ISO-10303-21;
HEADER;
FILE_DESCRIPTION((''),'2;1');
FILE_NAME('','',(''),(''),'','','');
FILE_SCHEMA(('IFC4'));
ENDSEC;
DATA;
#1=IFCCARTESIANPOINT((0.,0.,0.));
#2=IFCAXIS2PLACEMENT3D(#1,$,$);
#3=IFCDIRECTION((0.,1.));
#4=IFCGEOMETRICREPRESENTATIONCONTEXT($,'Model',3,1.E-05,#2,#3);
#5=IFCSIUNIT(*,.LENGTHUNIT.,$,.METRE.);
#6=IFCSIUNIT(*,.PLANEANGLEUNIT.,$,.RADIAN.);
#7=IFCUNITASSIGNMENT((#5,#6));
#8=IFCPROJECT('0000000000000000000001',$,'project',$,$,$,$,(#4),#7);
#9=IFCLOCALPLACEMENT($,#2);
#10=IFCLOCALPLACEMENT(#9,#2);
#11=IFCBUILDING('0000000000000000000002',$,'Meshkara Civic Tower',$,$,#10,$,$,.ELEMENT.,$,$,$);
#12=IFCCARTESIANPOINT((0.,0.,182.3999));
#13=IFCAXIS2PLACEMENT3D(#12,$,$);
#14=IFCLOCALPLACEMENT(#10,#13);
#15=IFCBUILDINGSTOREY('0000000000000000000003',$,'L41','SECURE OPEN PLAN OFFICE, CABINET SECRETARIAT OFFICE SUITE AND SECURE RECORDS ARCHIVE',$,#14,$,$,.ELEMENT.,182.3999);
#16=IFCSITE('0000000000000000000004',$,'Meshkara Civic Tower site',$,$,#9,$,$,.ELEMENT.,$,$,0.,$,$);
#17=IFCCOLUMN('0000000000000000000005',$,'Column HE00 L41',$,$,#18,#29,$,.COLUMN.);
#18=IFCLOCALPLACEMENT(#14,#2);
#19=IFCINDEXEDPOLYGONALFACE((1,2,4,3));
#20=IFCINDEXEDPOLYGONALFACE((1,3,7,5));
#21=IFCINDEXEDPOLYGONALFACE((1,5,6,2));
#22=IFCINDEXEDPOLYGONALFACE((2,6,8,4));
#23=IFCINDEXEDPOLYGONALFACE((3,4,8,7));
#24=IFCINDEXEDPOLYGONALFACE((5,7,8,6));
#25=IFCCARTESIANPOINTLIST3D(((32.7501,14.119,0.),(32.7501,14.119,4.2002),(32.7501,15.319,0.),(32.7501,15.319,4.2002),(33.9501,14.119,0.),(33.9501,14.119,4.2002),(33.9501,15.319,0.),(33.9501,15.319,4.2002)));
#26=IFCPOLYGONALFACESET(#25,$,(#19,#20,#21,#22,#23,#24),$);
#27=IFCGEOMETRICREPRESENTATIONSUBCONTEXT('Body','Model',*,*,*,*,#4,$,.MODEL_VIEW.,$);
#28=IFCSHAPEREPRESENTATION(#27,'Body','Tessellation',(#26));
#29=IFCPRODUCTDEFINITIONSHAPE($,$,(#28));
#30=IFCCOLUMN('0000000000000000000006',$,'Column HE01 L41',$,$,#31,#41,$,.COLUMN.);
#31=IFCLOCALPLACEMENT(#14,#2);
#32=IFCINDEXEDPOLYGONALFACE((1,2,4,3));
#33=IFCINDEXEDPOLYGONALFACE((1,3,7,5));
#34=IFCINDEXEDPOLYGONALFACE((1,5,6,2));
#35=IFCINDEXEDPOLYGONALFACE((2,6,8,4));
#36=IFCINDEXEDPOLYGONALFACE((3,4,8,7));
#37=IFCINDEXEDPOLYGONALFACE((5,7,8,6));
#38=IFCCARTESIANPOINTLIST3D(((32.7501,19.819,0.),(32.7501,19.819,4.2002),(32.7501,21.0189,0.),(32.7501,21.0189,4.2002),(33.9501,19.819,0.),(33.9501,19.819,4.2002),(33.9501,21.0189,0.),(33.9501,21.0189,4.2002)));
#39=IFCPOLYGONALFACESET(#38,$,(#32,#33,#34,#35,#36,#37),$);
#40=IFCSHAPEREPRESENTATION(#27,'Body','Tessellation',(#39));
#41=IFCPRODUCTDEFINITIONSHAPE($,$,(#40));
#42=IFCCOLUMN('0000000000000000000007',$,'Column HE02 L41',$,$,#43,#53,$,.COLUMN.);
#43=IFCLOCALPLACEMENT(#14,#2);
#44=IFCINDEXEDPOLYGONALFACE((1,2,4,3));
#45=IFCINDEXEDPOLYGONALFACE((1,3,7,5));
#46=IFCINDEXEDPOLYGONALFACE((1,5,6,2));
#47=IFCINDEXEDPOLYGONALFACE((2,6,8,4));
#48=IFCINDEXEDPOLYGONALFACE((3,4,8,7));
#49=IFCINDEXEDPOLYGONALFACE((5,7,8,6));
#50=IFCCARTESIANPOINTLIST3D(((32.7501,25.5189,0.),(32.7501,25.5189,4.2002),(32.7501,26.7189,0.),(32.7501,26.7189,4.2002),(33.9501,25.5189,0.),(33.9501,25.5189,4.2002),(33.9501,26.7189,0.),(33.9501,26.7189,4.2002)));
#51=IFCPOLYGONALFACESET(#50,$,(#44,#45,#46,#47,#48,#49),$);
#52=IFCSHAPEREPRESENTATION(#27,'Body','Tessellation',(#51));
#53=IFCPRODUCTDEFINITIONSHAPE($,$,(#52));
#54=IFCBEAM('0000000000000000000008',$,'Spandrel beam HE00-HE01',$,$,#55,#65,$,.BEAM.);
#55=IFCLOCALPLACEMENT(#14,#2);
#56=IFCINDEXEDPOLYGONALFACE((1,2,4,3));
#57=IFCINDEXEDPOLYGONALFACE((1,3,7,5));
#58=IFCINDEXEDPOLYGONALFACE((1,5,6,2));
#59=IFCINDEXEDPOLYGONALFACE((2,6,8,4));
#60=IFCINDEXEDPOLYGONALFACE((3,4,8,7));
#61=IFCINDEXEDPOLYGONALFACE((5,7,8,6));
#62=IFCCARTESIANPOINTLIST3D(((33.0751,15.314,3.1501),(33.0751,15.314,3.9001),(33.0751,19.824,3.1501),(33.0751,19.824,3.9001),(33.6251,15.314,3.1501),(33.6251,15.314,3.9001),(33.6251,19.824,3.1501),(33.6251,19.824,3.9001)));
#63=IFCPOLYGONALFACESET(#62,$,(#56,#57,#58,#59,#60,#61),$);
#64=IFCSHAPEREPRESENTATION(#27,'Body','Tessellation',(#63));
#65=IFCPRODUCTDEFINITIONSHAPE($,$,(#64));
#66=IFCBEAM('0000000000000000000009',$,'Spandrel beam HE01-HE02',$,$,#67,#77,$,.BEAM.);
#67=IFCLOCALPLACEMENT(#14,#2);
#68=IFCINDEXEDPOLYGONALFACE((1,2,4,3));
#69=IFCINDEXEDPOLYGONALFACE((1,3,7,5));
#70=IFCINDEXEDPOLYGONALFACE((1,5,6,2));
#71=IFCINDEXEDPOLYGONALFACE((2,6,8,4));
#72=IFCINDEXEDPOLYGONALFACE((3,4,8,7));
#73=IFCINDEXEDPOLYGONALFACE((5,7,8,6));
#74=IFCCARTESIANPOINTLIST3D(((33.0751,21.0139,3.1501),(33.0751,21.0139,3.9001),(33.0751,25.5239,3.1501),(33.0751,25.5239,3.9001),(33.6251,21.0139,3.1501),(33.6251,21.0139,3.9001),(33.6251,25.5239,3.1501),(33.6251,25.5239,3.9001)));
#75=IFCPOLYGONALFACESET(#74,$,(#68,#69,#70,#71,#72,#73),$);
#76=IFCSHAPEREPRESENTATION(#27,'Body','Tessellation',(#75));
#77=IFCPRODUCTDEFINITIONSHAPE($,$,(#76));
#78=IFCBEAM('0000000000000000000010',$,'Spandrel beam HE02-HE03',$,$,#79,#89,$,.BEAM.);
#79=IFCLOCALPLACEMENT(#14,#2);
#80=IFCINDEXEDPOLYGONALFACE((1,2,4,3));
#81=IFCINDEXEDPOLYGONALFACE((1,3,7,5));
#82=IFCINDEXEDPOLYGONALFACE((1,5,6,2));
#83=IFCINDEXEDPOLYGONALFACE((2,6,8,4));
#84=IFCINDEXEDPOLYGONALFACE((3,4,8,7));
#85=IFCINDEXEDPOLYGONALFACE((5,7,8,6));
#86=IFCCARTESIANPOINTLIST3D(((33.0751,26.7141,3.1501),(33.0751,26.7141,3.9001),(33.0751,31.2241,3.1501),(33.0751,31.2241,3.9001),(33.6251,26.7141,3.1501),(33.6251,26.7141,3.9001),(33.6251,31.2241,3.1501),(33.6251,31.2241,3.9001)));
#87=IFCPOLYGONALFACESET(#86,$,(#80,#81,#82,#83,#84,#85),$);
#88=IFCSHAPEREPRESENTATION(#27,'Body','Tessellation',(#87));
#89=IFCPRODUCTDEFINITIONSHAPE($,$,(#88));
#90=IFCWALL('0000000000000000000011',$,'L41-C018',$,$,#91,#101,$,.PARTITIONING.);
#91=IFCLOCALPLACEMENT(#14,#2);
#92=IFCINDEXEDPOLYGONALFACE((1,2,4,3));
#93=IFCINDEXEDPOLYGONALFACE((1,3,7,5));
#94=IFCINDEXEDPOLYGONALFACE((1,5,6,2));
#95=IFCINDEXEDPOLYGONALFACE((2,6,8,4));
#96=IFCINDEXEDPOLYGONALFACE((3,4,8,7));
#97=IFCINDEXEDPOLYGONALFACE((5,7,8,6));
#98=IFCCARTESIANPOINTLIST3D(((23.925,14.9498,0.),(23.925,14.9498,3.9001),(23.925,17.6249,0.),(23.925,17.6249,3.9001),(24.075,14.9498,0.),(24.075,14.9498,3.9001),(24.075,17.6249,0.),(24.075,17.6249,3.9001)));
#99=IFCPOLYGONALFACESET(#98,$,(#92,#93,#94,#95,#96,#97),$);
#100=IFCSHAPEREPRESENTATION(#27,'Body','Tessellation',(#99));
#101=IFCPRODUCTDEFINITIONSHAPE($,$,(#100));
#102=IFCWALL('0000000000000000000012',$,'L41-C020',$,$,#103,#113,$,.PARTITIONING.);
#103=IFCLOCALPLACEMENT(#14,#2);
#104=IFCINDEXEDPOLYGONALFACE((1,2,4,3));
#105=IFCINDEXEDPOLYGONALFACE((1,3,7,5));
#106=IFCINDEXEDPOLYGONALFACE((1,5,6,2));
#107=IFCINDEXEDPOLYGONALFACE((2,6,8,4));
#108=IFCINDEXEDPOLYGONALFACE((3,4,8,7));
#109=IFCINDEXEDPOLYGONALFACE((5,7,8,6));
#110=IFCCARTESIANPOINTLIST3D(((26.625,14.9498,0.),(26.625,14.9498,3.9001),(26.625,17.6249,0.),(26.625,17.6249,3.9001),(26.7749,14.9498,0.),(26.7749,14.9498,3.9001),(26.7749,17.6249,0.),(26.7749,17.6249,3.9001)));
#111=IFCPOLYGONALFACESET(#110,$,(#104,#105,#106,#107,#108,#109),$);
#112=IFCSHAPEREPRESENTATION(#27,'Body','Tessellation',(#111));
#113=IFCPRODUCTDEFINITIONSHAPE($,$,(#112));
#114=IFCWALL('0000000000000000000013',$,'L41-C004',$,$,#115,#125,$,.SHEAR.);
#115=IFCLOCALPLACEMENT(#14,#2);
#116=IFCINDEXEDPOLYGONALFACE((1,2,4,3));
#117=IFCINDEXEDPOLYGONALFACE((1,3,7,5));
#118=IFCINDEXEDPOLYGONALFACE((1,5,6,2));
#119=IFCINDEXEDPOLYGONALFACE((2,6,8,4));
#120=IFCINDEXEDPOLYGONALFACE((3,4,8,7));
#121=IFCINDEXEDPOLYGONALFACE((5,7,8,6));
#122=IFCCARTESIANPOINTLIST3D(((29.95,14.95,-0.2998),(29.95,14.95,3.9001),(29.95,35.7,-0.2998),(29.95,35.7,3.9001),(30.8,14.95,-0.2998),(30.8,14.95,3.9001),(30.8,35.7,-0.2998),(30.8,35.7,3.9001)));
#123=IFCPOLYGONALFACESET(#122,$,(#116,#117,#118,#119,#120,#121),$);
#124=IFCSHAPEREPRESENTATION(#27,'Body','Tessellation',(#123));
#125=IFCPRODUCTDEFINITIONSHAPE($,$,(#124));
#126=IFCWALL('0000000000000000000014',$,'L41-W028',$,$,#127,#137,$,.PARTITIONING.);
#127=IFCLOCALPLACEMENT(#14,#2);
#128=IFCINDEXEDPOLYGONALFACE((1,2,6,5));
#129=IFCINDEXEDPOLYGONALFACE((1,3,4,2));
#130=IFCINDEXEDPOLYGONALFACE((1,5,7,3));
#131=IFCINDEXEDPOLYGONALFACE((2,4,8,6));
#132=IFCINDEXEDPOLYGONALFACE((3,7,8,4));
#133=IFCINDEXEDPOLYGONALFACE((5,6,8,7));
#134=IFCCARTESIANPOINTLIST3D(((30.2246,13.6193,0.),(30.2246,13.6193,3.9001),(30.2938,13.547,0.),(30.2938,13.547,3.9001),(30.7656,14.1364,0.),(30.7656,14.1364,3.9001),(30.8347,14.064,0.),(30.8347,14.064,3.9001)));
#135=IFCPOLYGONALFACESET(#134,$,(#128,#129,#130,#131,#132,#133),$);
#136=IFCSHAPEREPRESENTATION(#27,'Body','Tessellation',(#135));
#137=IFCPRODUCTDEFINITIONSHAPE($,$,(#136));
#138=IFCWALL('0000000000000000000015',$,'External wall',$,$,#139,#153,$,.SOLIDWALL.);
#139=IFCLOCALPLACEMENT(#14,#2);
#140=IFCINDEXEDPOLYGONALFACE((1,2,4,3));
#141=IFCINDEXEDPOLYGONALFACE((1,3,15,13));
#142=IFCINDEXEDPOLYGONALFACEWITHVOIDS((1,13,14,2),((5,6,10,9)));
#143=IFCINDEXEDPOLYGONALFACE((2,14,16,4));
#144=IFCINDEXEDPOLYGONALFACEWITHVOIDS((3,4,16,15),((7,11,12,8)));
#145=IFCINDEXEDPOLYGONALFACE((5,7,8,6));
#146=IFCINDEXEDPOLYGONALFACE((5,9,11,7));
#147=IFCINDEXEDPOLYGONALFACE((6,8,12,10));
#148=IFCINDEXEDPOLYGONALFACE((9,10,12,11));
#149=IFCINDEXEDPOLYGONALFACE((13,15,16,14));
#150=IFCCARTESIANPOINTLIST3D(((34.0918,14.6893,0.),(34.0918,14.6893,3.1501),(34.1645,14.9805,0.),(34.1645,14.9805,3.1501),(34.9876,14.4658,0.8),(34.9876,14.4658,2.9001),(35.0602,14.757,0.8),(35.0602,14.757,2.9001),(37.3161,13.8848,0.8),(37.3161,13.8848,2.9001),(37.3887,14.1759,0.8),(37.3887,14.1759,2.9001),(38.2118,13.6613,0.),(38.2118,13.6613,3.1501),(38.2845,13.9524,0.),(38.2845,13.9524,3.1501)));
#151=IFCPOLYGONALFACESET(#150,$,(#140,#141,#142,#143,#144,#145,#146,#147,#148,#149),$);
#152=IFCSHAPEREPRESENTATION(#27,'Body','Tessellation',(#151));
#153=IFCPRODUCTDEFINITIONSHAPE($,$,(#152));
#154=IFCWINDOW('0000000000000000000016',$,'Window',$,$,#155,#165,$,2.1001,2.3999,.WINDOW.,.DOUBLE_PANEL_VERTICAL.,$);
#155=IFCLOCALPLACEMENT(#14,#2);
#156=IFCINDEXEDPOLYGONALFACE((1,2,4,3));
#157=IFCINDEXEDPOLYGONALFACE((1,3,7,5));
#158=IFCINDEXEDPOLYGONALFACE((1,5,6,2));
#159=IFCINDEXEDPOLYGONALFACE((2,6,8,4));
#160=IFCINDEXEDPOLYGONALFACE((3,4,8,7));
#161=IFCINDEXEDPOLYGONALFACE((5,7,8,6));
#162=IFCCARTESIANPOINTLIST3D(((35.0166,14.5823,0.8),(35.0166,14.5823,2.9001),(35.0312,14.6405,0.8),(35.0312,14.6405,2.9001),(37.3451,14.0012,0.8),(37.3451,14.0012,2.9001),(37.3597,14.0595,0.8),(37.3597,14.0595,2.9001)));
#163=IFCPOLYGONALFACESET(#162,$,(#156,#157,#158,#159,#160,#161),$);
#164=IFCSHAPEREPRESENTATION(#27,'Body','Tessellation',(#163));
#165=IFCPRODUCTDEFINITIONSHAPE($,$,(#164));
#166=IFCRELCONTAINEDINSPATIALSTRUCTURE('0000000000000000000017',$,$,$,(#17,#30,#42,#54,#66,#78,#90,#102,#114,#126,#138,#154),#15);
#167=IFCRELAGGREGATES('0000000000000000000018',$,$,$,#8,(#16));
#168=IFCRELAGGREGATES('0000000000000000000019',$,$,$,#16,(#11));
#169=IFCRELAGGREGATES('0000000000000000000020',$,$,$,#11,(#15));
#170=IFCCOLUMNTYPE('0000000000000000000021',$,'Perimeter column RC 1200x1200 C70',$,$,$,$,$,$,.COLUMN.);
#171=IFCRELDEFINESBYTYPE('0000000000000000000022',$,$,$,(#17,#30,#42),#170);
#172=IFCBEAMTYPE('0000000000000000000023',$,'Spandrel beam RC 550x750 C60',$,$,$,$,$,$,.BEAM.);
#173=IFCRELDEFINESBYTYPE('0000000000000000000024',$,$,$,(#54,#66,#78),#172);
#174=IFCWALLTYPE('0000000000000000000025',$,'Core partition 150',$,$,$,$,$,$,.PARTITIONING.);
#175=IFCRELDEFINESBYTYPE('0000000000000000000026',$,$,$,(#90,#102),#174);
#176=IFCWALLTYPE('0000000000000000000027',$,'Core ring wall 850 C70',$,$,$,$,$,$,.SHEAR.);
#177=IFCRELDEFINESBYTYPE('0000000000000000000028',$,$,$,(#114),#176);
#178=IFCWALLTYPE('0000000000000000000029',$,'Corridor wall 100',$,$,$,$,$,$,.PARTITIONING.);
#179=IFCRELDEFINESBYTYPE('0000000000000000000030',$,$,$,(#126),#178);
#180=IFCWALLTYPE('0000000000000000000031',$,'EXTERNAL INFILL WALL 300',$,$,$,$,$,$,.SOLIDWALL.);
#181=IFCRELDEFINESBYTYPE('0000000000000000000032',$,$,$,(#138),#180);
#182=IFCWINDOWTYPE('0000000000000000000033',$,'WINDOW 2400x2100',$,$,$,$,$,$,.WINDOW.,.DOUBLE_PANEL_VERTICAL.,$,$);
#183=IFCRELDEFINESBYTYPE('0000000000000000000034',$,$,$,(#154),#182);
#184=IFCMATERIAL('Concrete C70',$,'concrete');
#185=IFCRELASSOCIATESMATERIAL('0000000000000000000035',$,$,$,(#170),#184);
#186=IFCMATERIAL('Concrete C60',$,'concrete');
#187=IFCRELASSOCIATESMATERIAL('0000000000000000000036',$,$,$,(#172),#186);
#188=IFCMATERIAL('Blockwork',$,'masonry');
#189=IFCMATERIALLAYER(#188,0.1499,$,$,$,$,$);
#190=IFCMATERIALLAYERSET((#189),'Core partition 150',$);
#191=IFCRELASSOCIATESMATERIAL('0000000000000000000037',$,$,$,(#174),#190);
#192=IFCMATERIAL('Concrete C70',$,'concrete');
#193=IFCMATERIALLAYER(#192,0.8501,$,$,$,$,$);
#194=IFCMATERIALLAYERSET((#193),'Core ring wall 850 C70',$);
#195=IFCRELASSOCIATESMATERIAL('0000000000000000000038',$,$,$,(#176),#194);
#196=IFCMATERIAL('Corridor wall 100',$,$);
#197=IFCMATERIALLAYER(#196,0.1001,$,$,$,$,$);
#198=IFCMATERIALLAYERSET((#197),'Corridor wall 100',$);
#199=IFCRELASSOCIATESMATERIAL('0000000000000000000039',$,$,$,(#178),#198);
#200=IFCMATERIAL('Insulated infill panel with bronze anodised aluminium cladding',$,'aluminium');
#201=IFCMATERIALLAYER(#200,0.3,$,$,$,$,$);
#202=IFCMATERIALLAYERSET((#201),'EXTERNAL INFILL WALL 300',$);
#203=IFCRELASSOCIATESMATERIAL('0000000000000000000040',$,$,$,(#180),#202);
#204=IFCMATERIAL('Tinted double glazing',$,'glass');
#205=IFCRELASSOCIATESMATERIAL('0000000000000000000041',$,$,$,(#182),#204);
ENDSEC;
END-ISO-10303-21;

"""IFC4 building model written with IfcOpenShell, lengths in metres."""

from ifc_helpers import new_model, si_unit, direction, frame, frame_2d, origin, origin_2d, place, context, subcontext, project, spatial, rectangle, extrude, material, layer, layer_set, material_profile, profile_set, type_object, element, fill, save


model = new_model("IFC4")

# Units and contexts
model_context = context("Model", 3, precision=1e-05, world=origin(), true_north=direction((0.0, 1.0)))
body_context = subcontext(model_context, "Body", "Model", "MODEL_VIEW")
ifc_project = project(units=[si_unit("LENGTHUNIT", "METRE"), si_unit("PLANEANGLEUNIT", "RADIAN")], contexts=[model_context])

# Site, building, storey
site_placement = place(None, origin())
site = spatial("IfcSite", under=ifc_project, at=site_placement, Name="Meshkara Civic Tower site", CompositionType="ELEMENT", RefElevation=0.0)
building_placement = place(site_placement, origin())
building = spatial("IfcBuilding", under=site, at=building_placement, Name="Meshkara Civic Tower", CompositionType="ELEMENT")
storey_placement = place(building_placement, frame((0.0, 0.0, 182.3999)))
storey = spatial("IfcBuildingStorey", under=building, at=storey_placement, Name="L41", Description="SECURE OPEN PLAN OFFICE, CABINET SECRETARIAT OFFICE SUITE AND SECURE RECORDS ARCHIVE", CompositionType="ELEMENT", Elevation=182.3999)

# Columns
ifc_material_1 = material(Name="Concrete C70", Category="concrete")
ifc_material_profile_1 = material_profile(ifc_material_1, rectangle(XDim=1.2, YDim=1.2, at=origin_2d()))
ifc_profile_set_1 = profile_set([ifc_material_profile_1], Name="Concrete C70")
column_type = type_object("IfcColumnType", Name="Perimeter column RC 1200x1200 C70", PredefinedType="COLUMN", material=ifc_profile_set_1)
for number, where, z_axis, x_axis, name in (
    (1, (33.3501, 14.719, 0.0), (0.0, 0.0, 1.0), (1.0, 0.0, 0.0), "Column HE00 L41"),
    (2, (33.3501, 20.4189, 0.0), (0.0, 0.0, 1.0), (1.0, 0.0, 0.0), "Column HE01 L41"),
    (3, (33.3501, 26.1189, 0.0), (0.0, 0.0, 1.0), (1.0, 0.0, 0.0), "Column HE02 L41"),
):
    element("IfcColumn", number, at=place(storey_placement, frame(where, z_axis=z_axis, x_axis=x_axis)), inside=storey, type_object=column_type, Name=name, PredefinedType="COLUMN", context=body_context, shape_type="SweptSolid", body=[
        extrude(rectangle(XDim=1.2, YDim=1.2, at=origin_2d()), origin(), (0.0, 0.0, 1.0), 4.2002),
    ])

# Beams
ifc_material_2 = material(Name="Concrete C60", Category="concrete")
ifc_material_profile_2 = material_profile(ifc_material_2, rectangle(XDim=0.55, YDim=0.75, at=origin_2d()))
ifc_profile_set_2 = profile_set([ifc_material_profile_2], Name="Concrete C60")
beam_type = type_object("IfcBeamType", Name="Spandrel beam RC 550x750 C60", PredefinedType="BEAM", material=ifc_profile_set_2)
for number, where, z_axis, x_axis, name in (
    (4, (33.3501, 15.314, 3.5251), (0.0, 1.0, 0.0), (-1.0, 0.0, 0.0), "Spandrel beam HE00-HE01"),
    (5, (33.3501, 21.0139, 3.5251), (0.0, 1.0, 0.0), (-1.0, 0.0, 0.0), "Spandrel beam HE01-HE02"),
    (6, (33.3501, 26.7141, 3.5251), (0.0, 1.0, 0.0), (-1.0, 0.0, 0.0), "Spandrel beam HE02-HE03"),
):
    element("IfcBeam", number, at=place(storey_placement, frame(where, z_axis=z_axis, x_axis=x_axis)), inside=storey, type_object=beam_type, Name=name, PredefinedType="BEAM", context=body_context, shape_type="SweptSolid", body=[
        extrude(rectangle(XDim=0.55, YDim=0.75, at=origin_2d()), origin(), (0.0, 0.0, 1.0), 4.51),
    ])

# Walls
ifc_material_3 = material(Name="Blockwork", Category="masonry")
ifc_layer_1 = layer(ifc_material_3, 0.1499)
ifc_layer_set_1 = layer_set([ifc_layer_1], Name="Core partition 150")
wall_type_1 = type_object("IfcWallType", Name="Core partition 150", PredefinedType="PARTITIONING", material=ifc_layer_set_1)
for number, where, z_axis, x_axis, name in (
    (7, (24.0, 14.95, 0.0), (0.0, 0.0, 1.0), (0.0, 1.0, 0.0), "L41-C018"),
    (8, (26.7, 14.95, 0.0), (0.0, 0.0, 1.0), (0.0, 1.0, 0.0), "L41-C020"),
):
    element("IfcWall", number, at=place(storey_placement, frame(where, z_axis=z_axis, x_axis=x_axis)), inside=storey, type_object=wall_type_1, Name=name, PredefinedType="PARTITIONING", context=body_context, shape_type="SweptSolid", body=[
        extrude(rectangle(XDim=2.675, YDim=0.1499, at=frame_2d((1.3374, 0.0))), origin(), (0.0, 0.0, 1.0), 3.9001),
    ])
ifc_material_4 = material(Name="Concrete C70", Category="concrete")
ifc_layer_2 = layer(ifc_material_4, 0.8501)
ifc_layer_set_2 = layer_set([ifc_layer_2], Name="Core ring wall 850 C70")
wall_type_2 = type_object("IfcWallType", Name="Core ring wall 850 C70", PredefinedType="SHEAR", material=ifc_layer_set_2)
wall_1_placement = place(storey_placement, frame((30.375, 14.95, -0.2998), z_axis=(0.0, 0.0, 1.0), x_axis=(0.0, 1.0, 0.0)))
element("IfcWall", 9, at=wall_1_placement, inside=storey, type_object=wall_type_2, Name="L41-C004", PredefinedType="SHEAR", context=body_context, shape_type="SweptSolid", body=[
    extrude(rectangle(XDim=20.75, YDim=0.8501, at=frame_2d((10.375, 0.0))), origin(), (0.0, 0.0, 1.0), 4.2),
])
ifc_material_5 = material(Name="Corridor wall 100")
ifc_layer_3 = layer(ifc_material_5, 0.1001)
ifc_layer_set_3 = layer_set([ifc_layer_3], Name="Corridor wall 100")
wall_type_3 = type_object("IfcWallType", Name="Corridor wall 100", PredefinedType="PARTITIONING", material=ifc_layer_set_3)
wall_2_placement = place(storey_placement, frame((30.8, 14.1001, 0.0), z_axis=(0.0, 0.0, 1.0), x_axis=(-0.722911, -0.690941, 0.0)))
element("IfcWall", 10, at=wall_2_placement, inside=storey, type_object=wall_type_3, Name="L41-W028", PredefinedType="PARTITIONING", context=body_context, shape_type="SweptSolid", body=[
    extrude(rectangle(XDim=0.7483, YDim=0.1001, at=frame_2d((0.374, 0.0))), origin(), (0.0, 0.0, 1.0), 3.9001),
])

# Wall, opening, window
ifc_material_6 = material(Name="Insulated infill panel with bronze anodised aluminium cladding", Category="aluminium")
ifc_layer_4 = layer(ifc_material_6, 0.3)
ifc_layer_set_4 = layer_set([ifc_layer_4], Name="EXTERNAL INFILL WALL 300")
wall_type_4 = type_object("IfcWallType", Name="EXTERNAL INFILL WALL 300", PredefinedType="SOLIDWALL", material=ifc_layer_set_4)
wall_3_placement = place(storey_placement, frame((38.248, 13.8069, 0.0), z_axis=(0.0, 0.0, 1.0), x_axis=(-0.970251, 0.242103, 0.0)))
wall_3 = element("IfcWall", 11, at=wall_3_placement, inside=storey, type_object=wall_type_4, Name="External wall", PredefinedType="SOLIDWALL", context=body_context, shape_type="SweptSolid", body=[
    extrude(rectangle(XDim=4.2463, YDim=0.3, at=frame_2d((2.123, 0.0))), origin(), (0.0, 0.0, 1.0), 3.1501),
])
opening_1_placement = place(wall_3_placement, frame((0.9231, 0.0, 0.8)))
opening_1 = element("IfcOpeningElement", 12, at=opening_1_placement, cuts=wall_3, PredefinedType="OPENING", context=body_context, shape_type="SweptSolid", body=[
    extrude(rectangle(XDim=2.3999, YDim=2.1001, at=frame_2d((1.2, 1.05))), frame((0.0, 0.1599, 0.0), z_axis=(0.0, -1.0, 0.0), x_axis=(1.0, 0.0, 0.0)), (0.0, 0.0, 1.0), 0.3201),
])
ifc_material_7 = material(Name="Tinted double glazing", Category="glass")
window_type = type_object("IfcWindowType", Name="WINDOW 2400x2100", PartitioningType="DOUBLE_PANEL_VERTICAL", PredefinedType="WINDOW", material=ifc_material_7)
window_1_placement = place(opening_1_placement, origin())
window_1 = element("IfcWindow", 13, at=window_1_placement, inside=storey, type_object=window_type, Name="Window", OverallHeight=2.1001, OverallWidth=2.3999, PartitioningType="DOUBLE_PANEL_VERTICAL", PredefinedType="WINDOW", context=body_context, shape_type="SweptSolid", body=[
    extrude(rectangle(XDim=2.3999, YDim=2.1001, at=frame_2d((1.2, 1.05))), frame((0.0, 0.03, 0.0), z_axis=(0.0, -1.0, 0.0), x_axis=(1.0, 0.0, 0.0)), (0.0, 0.0, 1.0), 0.0601),
])
fill(opening_1, window_1)

save(model, "model.ifc")
